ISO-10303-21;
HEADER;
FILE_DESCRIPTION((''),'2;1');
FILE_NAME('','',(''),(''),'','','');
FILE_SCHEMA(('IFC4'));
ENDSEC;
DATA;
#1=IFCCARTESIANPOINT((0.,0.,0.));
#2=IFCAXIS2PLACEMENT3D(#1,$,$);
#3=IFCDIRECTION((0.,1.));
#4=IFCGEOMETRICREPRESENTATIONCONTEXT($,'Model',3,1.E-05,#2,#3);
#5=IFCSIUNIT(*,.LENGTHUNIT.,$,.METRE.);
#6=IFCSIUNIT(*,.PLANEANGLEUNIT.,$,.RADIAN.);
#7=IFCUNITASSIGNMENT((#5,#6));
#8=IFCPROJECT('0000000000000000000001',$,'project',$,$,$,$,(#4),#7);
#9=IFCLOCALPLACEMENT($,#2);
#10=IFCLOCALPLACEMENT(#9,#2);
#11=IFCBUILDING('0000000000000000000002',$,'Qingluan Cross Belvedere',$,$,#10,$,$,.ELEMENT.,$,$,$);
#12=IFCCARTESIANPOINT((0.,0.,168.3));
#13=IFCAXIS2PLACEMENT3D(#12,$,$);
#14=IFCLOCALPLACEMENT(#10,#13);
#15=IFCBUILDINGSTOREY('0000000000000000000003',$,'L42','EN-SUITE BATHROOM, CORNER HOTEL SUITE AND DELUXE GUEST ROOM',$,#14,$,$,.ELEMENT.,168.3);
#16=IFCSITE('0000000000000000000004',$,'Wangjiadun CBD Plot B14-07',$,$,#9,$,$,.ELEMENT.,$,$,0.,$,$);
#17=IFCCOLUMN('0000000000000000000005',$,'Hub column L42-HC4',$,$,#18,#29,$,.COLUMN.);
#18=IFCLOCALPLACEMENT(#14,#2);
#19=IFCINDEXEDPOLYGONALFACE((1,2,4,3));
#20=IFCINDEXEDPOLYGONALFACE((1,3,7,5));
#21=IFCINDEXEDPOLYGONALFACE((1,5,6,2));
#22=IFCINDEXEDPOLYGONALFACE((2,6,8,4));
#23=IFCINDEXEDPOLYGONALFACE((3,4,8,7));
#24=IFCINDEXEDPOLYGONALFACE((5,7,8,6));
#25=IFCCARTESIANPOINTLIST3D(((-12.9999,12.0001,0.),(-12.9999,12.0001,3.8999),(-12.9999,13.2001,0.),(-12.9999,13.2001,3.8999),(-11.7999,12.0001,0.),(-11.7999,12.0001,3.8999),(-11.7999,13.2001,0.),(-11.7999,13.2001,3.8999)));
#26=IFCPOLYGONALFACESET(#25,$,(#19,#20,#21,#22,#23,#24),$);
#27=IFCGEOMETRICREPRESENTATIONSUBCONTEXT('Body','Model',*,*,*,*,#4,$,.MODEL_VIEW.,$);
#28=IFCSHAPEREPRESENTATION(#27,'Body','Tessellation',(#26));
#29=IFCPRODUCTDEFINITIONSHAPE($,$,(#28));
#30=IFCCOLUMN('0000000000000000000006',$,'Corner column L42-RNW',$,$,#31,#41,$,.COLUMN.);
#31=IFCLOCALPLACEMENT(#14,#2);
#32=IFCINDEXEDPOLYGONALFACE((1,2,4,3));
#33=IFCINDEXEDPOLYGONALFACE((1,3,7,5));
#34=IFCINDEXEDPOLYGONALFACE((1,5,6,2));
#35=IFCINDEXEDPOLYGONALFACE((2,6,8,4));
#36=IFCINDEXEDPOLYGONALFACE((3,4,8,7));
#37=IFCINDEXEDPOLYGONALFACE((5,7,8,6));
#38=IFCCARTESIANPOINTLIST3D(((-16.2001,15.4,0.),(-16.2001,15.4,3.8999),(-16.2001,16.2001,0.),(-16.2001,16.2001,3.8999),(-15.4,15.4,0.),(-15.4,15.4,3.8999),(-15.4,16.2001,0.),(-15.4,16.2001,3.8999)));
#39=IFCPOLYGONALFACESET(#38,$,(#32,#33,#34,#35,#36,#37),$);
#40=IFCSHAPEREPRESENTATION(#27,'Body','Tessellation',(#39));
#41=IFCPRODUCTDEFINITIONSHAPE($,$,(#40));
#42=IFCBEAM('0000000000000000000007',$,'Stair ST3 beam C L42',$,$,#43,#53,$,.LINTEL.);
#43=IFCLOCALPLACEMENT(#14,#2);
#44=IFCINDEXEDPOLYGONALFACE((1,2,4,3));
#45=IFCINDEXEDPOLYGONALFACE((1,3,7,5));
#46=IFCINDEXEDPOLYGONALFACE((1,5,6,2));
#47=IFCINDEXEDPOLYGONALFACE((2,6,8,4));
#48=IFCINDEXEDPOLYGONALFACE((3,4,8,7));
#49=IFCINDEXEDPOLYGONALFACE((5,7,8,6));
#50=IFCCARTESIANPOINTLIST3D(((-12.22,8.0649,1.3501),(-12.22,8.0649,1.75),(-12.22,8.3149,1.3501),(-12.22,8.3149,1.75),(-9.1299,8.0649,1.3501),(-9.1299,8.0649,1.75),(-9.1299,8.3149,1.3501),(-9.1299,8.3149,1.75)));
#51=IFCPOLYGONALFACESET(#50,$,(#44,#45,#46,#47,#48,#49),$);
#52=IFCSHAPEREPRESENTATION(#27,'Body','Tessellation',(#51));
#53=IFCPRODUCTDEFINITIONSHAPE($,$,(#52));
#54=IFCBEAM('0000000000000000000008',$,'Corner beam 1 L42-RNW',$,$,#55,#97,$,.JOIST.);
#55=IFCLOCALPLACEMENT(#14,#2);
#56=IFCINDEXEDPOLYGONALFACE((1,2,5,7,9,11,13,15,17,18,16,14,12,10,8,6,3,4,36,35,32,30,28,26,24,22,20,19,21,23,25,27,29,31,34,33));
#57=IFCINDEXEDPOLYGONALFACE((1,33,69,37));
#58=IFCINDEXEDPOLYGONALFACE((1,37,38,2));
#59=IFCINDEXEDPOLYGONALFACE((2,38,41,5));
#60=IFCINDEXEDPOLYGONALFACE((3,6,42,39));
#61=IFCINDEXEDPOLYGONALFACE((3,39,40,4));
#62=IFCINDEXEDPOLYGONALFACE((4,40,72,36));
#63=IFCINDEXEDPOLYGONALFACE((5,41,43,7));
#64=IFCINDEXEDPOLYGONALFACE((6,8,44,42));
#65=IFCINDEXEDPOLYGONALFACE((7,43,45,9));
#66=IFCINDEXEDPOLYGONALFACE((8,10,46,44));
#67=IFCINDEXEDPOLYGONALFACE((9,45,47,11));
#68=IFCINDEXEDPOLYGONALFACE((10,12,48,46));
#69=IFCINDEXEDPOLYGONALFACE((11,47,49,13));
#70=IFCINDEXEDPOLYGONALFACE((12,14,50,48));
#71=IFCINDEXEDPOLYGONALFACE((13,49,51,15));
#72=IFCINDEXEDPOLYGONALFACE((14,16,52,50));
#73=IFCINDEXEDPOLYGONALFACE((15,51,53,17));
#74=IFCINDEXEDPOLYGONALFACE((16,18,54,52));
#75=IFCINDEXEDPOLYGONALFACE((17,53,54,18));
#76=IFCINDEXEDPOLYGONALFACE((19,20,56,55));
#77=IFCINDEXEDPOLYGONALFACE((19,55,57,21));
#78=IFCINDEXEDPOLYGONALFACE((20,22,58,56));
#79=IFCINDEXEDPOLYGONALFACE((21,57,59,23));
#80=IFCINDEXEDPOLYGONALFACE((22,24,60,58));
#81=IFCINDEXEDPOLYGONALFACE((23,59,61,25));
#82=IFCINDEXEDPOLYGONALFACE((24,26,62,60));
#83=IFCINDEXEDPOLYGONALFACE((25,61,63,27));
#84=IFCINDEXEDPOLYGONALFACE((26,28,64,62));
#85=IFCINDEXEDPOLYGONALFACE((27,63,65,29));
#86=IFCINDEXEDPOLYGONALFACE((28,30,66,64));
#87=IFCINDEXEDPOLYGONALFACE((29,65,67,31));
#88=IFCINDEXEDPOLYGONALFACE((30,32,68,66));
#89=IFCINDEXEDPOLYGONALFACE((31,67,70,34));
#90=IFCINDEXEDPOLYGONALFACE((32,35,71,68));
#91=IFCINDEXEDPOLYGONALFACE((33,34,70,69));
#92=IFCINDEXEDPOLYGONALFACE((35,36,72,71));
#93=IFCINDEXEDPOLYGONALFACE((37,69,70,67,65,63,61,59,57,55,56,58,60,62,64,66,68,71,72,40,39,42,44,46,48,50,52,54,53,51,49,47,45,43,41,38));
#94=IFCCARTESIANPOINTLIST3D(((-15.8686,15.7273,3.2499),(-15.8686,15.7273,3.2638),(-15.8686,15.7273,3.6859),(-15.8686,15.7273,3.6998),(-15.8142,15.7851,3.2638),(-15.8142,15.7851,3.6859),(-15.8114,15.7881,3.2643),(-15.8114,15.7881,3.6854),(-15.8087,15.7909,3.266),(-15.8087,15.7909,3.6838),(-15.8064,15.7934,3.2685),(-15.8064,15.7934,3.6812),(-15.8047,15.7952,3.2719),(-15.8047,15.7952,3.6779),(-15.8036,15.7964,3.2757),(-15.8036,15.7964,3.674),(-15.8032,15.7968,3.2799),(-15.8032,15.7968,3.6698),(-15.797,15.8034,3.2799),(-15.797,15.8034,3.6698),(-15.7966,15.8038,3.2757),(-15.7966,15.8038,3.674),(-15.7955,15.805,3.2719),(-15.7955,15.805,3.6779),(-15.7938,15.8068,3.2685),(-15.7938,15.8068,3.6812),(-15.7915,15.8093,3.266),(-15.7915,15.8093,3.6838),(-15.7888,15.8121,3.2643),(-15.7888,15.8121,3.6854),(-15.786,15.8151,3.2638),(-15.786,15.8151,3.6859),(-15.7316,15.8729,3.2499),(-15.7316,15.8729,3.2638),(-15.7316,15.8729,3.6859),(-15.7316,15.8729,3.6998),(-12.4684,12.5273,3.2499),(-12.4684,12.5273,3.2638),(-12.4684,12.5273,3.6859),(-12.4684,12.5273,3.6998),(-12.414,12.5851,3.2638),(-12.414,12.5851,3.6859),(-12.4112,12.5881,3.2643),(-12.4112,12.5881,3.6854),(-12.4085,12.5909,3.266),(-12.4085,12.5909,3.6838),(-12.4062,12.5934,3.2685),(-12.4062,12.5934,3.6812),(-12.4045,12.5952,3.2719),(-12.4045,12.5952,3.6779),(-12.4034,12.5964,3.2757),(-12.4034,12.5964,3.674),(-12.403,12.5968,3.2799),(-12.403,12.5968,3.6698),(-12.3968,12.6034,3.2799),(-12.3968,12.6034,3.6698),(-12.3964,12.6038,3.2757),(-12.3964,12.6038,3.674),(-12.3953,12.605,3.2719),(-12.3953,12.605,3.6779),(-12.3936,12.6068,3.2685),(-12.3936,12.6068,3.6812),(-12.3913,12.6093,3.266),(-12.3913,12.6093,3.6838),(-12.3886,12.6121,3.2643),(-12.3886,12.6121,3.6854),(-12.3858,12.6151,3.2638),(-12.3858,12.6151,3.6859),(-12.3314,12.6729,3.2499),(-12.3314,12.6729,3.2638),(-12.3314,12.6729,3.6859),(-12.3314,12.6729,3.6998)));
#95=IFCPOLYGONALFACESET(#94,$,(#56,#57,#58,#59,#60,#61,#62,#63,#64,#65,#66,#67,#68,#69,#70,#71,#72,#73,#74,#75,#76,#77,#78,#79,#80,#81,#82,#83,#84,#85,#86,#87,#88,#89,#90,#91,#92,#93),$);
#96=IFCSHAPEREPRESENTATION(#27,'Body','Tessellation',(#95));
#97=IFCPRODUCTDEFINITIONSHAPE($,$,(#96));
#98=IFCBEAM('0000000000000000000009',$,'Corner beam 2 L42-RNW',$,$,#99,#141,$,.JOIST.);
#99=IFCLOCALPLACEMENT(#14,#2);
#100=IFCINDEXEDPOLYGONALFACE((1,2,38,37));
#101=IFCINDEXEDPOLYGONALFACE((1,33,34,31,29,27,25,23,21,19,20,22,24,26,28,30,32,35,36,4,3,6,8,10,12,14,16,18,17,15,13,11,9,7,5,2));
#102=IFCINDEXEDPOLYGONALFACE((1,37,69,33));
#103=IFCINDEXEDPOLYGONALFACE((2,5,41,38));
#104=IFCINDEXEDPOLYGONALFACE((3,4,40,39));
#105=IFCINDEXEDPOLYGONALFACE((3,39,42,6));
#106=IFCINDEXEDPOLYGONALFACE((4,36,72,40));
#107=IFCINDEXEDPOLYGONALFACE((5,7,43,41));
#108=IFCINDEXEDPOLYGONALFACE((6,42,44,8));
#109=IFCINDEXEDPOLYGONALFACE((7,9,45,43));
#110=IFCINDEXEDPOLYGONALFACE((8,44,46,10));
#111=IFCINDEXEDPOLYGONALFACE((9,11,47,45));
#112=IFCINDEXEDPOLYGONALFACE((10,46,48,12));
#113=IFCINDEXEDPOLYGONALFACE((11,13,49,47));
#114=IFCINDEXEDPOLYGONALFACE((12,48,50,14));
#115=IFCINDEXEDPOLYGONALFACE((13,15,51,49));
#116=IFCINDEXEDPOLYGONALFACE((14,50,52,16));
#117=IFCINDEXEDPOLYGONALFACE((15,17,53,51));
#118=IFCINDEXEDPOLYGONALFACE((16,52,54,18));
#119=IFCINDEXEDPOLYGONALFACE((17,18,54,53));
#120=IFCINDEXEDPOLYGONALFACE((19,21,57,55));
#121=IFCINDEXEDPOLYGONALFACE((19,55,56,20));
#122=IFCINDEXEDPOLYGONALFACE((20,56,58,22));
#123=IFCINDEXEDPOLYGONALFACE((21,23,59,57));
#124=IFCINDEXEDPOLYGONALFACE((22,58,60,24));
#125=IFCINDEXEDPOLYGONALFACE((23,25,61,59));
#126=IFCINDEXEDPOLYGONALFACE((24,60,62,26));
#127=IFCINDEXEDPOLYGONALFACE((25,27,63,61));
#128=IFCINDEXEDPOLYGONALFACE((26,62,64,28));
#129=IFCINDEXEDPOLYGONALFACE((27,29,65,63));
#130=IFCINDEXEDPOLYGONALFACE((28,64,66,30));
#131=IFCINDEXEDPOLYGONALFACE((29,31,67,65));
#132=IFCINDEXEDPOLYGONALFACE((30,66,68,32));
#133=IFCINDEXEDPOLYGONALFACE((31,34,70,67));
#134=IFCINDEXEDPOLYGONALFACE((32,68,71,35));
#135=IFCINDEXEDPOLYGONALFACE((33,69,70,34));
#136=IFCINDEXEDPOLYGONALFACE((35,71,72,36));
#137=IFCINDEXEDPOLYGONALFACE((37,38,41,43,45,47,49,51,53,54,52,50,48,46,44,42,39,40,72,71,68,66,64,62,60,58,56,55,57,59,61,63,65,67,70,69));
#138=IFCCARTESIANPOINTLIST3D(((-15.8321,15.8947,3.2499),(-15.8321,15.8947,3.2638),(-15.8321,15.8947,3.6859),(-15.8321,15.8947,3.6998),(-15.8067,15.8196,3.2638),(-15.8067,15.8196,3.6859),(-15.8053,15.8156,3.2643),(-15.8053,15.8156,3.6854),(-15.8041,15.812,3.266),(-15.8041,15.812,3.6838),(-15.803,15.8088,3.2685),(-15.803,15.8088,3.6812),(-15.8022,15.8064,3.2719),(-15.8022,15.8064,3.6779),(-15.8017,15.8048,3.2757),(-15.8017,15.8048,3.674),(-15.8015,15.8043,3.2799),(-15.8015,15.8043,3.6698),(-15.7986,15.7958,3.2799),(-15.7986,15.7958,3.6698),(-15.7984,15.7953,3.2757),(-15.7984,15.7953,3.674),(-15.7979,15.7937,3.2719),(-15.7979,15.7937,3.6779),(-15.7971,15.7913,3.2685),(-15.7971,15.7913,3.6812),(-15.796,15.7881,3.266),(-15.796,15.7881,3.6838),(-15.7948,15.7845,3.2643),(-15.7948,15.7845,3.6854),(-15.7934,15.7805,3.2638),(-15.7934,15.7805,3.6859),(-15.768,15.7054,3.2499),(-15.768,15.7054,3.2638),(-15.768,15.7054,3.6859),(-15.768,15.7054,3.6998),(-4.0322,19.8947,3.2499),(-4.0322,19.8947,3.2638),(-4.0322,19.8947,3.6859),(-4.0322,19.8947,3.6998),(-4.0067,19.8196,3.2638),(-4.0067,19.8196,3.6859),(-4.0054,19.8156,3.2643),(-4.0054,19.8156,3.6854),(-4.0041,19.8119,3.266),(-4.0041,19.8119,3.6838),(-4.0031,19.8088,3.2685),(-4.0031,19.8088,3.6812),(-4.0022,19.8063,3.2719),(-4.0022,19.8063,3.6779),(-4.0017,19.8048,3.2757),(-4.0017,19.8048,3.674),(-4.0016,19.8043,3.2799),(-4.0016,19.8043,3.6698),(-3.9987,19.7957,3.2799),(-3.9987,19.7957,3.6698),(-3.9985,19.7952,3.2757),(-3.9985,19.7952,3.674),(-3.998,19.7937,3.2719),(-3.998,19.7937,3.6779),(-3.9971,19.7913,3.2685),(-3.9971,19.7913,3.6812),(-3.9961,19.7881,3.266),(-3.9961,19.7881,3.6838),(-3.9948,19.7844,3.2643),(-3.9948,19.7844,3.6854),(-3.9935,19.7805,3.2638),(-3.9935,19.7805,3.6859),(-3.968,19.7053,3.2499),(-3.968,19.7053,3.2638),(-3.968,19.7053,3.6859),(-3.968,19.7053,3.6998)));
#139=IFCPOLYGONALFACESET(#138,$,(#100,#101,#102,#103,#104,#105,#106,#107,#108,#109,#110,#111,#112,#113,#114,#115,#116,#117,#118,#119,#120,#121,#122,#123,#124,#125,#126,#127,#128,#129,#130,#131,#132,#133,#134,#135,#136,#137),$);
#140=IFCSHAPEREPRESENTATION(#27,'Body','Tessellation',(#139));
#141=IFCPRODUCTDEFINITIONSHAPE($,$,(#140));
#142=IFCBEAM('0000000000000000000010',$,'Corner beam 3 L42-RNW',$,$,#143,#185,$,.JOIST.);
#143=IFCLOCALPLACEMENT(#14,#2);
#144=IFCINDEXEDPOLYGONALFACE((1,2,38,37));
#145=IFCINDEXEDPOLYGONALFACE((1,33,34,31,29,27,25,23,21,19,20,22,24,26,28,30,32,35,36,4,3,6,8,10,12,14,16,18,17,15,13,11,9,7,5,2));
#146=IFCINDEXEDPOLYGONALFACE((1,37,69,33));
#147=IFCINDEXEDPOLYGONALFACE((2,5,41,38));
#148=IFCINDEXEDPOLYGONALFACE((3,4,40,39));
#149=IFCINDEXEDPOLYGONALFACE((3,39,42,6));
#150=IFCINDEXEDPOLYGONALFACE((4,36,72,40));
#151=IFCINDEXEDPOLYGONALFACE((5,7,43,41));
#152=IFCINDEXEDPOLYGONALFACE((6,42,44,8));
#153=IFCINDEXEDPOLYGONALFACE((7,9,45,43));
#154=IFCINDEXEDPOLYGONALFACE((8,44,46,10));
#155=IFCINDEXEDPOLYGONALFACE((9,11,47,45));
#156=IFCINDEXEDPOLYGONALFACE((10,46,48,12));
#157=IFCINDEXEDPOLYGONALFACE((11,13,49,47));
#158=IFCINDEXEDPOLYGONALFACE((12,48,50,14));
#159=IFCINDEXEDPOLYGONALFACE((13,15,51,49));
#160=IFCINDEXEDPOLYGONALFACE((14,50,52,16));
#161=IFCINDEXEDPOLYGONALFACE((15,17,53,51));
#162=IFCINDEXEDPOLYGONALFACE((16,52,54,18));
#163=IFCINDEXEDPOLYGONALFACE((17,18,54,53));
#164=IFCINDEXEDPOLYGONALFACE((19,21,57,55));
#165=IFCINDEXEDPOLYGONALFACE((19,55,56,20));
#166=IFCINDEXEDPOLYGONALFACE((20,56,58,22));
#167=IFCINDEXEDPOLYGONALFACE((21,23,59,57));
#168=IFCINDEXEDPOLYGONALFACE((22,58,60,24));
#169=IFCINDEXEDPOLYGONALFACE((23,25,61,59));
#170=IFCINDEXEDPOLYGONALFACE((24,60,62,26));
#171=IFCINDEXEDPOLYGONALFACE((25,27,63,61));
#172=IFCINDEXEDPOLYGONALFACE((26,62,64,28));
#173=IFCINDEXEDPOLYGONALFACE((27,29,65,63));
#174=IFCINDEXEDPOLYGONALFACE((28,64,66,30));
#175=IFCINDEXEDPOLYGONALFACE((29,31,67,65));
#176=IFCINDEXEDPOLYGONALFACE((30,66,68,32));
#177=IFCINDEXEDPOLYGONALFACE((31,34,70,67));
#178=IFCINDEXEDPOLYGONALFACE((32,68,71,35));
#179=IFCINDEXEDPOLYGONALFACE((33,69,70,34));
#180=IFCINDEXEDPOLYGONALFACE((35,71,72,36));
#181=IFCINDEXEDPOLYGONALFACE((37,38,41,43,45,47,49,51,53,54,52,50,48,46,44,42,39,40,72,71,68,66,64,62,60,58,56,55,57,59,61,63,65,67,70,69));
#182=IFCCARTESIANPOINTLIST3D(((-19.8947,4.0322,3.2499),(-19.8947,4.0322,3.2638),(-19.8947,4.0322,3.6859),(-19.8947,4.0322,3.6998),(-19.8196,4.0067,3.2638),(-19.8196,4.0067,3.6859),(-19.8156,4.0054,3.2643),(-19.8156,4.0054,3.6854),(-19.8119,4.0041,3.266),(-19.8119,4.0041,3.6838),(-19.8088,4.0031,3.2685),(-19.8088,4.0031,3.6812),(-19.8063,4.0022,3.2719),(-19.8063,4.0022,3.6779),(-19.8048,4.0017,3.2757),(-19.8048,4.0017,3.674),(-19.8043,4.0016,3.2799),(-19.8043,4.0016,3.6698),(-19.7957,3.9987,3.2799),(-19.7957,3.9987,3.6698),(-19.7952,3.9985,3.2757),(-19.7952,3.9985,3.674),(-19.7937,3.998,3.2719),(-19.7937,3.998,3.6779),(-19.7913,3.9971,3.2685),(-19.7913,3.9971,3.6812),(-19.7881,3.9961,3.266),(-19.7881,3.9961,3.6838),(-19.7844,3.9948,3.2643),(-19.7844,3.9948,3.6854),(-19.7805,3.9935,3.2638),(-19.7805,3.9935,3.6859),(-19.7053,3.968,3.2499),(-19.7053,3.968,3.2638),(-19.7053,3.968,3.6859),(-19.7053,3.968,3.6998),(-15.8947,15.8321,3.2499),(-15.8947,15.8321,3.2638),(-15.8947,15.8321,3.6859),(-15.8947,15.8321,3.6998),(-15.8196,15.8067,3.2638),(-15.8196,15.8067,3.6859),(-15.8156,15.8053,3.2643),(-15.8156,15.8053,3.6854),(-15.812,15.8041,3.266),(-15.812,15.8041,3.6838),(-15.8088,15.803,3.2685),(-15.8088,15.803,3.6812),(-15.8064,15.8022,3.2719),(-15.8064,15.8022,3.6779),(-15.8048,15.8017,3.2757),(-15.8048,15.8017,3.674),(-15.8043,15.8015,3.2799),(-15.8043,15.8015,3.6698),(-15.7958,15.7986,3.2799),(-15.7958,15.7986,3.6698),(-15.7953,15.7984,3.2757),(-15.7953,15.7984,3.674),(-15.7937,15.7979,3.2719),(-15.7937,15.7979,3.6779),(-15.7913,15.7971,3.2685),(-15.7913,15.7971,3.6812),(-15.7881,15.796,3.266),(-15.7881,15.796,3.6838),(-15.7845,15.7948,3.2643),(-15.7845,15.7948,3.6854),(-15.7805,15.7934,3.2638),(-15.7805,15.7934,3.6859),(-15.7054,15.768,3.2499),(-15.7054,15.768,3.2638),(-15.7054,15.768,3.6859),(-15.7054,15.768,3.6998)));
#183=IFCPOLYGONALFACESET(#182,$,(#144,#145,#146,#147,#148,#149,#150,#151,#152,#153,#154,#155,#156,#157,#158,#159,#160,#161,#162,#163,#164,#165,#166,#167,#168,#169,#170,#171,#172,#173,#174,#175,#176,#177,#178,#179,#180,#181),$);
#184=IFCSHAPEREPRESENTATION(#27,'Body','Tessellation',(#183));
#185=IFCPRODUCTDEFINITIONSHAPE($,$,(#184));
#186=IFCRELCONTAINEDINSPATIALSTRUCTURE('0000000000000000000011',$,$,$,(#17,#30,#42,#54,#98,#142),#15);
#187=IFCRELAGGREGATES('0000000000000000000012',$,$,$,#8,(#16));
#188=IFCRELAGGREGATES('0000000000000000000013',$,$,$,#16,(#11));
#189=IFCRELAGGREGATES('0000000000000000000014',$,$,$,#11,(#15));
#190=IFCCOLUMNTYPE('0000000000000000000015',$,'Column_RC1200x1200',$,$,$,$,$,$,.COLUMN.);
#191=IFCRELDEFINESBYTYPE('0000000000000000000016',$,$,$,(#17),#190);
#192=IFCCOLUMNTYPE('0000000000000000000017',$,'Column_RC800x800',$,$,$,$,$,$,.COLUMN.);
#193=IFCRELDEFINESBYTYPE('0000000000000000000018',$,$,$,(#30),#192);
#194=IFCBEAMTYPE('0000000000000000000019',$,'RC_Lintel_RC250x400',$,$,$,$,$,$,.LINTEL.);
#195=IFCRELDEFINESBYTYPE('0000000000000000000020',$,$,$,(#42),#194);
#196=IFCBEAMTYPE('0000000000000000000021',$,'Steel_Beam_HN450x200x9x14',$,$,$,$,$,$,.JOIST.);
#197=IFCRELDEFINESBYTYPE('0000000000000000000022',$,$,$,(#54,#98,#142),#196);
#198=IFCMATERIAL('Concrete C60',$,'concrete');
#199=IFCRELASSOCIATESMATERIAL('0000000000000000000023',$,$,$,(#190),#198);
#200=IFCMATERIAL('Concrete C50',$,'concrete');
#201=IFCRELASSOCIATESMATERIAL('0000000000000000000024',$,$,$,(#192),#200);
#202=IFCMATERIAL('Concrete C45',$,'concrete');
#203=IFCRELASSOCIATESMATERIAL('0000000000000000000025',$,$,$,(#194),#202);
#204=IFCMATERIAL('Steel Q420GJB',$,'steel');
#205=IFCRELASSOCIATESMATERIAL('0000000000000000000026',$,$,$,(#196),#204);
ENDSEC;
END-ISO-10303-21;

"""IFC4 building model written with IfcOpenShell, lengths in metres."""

from ifc_helpers import new_model, si_unit, direction, frame, origin, origin_2d, place, context, subcontext, project, spatial, rectangle, i_section, extrude, material, material_profile, profile_set, type_object, element, save


model = new_model("IFC4")

# Units and contexts
model_context = context("Model", 3, precision=1e-05, world=origin(), true_north=direction((0.0, 1.0)))
body_context = subcontext(model_context, "Body", "Model", "MODEL_VIEW")
ifc_project = project(units=[si_unit("LENGTHUNIT", "METRE"), si_unit("PLANEANGLEUNIT", "RADIAN")], contexts=[model_context])

# Site, building, storey
site_placement = place(None, origin())
site = spatial("IfcSite", under=ifc_project, at=site_placement, Name="Wangjiadun CBD Plot B14-07", CompositionType="ELEMENT", RefElevation=0.0)
building_placement = place(site_placement, origin())
building = spatial("IfcBuilding", under=site, at=building_placement, Name="Qingluan Cross Belvedere", CompositionType="ELEMENT")
storey_placement = place(building_placement, frame((0.0, 0.0, 168.3)))
storey = spatial("IfcBuildingStorey", under=building, at=storey_placement, Name="L42", Description="EN-SUITE BATHROOM, CORNER HOTEL SUITE AND DELUXE GUEST ROOM", CompositionType="ELEMENT", Elevation=168.3)

# Columns
ifc_material_1 = material(Name="Concrete C60", Category="concrete")
ifc_material_profile_1 = material_profile(ifc_material_1, rectangle(XDim=1.2, YDim=1.2, at=origin_2d()), Name="RC1200x1200")
ifc_profile_set_1 = profile_set([ifc_material_profile_1], Name="Concrete C60")
column_type_1 = type_object("IfcColumnType", Name="Column_RC1200x1200", PredefinedType="COLUMN", material=ifc_profile_set_1)
column_1_placement = place(storey_placement, frame((-12.3999, 12.6001, 0.0), z_axis=(0.0, 0.0, 1.0), x_axis=(1.0, 0.0, 0.0)))
element("IfcColumn", 1, at=column_1_placement, inside=storey, type_object=column_type_1, Name="Hub column L42-HC4", PredefinedType="COLUMN", context=body_context, shape_type="SweptSolid", body=[
    extrude(rectangle(XDim=1.2, YDim=1.2, at=origin_2d()), origin(), (0.0, 0.0, 1.0), 3.8999),
])
ifc_material_2 = material(Name="Concrete C50", Category="concrete")
ifc_material_profile_2 = material_profile(ifc_material_2, rectangle(XDim=0.8, YDim=0.8, at=origin_2d()), Name="RC800x800")
ifc_profile_set_2 = profile_set([ifc_material_profile_2], Name="Concrete C50")
column_type_2 = type_object("IfcColumnType", Name="Column_RC800x800", PredefinedType="COLUMN", material=ifc_profile_set_2)
column_2_placement = place(storey_placement, frame((-15.8, 15.8, 0.0), z_axis=(0.0, 0.0, 1.0), x_axis=(1.0, 0.0, 0.0)))
element("IfcColumn", 2, at=column_2_placement, inside=storey, type_object=column_type_2, Name="Corner column L42-RNW", PredefinedType="COLUMN", context=body_context, shape_type="SweptSolid", body=[
    extrude(rectangle(XDim=0.8, YDim=0.8, at=origin_2d()), origin(), (0.0, 0.0, 1.0), 3.8999),
])

# Beams
ifc_material_3 = material(Name="Concrete C45", Category="concrete")
ifc_material_profile_3 = material_profile(ifc_material_3, rectangle(XDim=0.25, YDim=0.3999, at=origin_2d()), Name="RC250x400")
ifc_profile_set_3 = profile_set([ifc_material_profile_3], Name="Concrete C45")
beam_type_1 = type_object("IfcBeamType", Name="RC_Lintel_RC250x400", PredefinedType="LINTEL", material=ifc_profile_set_3)
beam_1_placement = place(storey_placement, frame((-12.22, 8.1899, 1.55), z_axis=(1.0, 0.0, 0.0), x_axis=(0.0, 1.0, 0.0)))
element("IfcBeam", 3, at=beam_1_placement, inside=storey, type_object=beam_type_1, Name="Stair ST3 beam C L42", PredefinedType="LINTEL", context=body_context, shape_type="SweptSolid", body=[
    extrude(rectangle(XDim=0.25, YDim=0.3999, at=origin_2d()), origin(), (0.0, 0.0, 1.0), 3.0901),
])
ifc_material_4 = material(Name="Steel Q420GJB", Category="steel")
ifc_material_profile_4 = material_profile(ifc_material_4, i_section(OverallWidth=0.2, OverallDepth=0.45, WebThickness=0.009, FlangeThickness=0.0139, FilletRadius=0.0161, at=origin_2d()), Name="HN450x200x9x14")
ifc_profile_set_4 = profile_set([ifc_material_profile_4], Name="Steel Q420GJB")
beam_type_2 = type_object("IfcBeamType", Name="Steel_Beam_HN450x200x9x14", PredefinedType="JOIST", material=ifc_profile_set_4)
beam_2_placement = place(storey_placement, frame((-12.3999, 12.6001, 3.4749), z_axis=(-0.72822, 0.685343, 0.0), x_axis=(-0.685343, -0.72822, 0.0)))
element("IfcBeam", 4, at=beam_2_placement, inside=storey, type_object=beam_type_2, Name="Corner beam 1 L42-RNW", PredefinedType="JOIST", context=body_context, shape_type="SweptSolid", body=[
    extrude(i_section(OverallWidth=0.2, OverallDepth=0.45, WebThickness=0.009, FlangeThickness=0.0139, FilletRadius=0.0161, at=origin_2d()), origin(), (0.0, 0.0, 1.0), 4.6692),
])
for number, where, z_axis, x_axis, name in (
    (5, (-15.8, 15.8, 3.4749), (0.947066, 0.321038, 0.0), (-0.321038, 0.947066, 0.0), "Corner beam 2 L42-RNW"),
    (6, (-15.8, 15.8, 3.4749), (-0.321038, -0.947066, 0.0), (0.947066, -0.321038, 0.0), "Corner beam 3 L42-RNW"),
):
    element("IfcBeam", number, at=place(storey_placement, frame(where, z_axis=z_axis, x_axis=x_axis)), inside=storey, type_object=beam_type_2, Name=name, PredefinedType="JOIST", context=body_context, shape_type="SweptSolid", body=[
        extrude(i_section(OverallWidth=0.2, OverallDepth=0.45, WebThickness=0.009, FlangeThickness=0.0139, FilletRadius=0.0161, at=origin_2d()), origin(), (0.0, 0.0, 1.0), 12.4595),
    ])

save(model, "model.ifc")
